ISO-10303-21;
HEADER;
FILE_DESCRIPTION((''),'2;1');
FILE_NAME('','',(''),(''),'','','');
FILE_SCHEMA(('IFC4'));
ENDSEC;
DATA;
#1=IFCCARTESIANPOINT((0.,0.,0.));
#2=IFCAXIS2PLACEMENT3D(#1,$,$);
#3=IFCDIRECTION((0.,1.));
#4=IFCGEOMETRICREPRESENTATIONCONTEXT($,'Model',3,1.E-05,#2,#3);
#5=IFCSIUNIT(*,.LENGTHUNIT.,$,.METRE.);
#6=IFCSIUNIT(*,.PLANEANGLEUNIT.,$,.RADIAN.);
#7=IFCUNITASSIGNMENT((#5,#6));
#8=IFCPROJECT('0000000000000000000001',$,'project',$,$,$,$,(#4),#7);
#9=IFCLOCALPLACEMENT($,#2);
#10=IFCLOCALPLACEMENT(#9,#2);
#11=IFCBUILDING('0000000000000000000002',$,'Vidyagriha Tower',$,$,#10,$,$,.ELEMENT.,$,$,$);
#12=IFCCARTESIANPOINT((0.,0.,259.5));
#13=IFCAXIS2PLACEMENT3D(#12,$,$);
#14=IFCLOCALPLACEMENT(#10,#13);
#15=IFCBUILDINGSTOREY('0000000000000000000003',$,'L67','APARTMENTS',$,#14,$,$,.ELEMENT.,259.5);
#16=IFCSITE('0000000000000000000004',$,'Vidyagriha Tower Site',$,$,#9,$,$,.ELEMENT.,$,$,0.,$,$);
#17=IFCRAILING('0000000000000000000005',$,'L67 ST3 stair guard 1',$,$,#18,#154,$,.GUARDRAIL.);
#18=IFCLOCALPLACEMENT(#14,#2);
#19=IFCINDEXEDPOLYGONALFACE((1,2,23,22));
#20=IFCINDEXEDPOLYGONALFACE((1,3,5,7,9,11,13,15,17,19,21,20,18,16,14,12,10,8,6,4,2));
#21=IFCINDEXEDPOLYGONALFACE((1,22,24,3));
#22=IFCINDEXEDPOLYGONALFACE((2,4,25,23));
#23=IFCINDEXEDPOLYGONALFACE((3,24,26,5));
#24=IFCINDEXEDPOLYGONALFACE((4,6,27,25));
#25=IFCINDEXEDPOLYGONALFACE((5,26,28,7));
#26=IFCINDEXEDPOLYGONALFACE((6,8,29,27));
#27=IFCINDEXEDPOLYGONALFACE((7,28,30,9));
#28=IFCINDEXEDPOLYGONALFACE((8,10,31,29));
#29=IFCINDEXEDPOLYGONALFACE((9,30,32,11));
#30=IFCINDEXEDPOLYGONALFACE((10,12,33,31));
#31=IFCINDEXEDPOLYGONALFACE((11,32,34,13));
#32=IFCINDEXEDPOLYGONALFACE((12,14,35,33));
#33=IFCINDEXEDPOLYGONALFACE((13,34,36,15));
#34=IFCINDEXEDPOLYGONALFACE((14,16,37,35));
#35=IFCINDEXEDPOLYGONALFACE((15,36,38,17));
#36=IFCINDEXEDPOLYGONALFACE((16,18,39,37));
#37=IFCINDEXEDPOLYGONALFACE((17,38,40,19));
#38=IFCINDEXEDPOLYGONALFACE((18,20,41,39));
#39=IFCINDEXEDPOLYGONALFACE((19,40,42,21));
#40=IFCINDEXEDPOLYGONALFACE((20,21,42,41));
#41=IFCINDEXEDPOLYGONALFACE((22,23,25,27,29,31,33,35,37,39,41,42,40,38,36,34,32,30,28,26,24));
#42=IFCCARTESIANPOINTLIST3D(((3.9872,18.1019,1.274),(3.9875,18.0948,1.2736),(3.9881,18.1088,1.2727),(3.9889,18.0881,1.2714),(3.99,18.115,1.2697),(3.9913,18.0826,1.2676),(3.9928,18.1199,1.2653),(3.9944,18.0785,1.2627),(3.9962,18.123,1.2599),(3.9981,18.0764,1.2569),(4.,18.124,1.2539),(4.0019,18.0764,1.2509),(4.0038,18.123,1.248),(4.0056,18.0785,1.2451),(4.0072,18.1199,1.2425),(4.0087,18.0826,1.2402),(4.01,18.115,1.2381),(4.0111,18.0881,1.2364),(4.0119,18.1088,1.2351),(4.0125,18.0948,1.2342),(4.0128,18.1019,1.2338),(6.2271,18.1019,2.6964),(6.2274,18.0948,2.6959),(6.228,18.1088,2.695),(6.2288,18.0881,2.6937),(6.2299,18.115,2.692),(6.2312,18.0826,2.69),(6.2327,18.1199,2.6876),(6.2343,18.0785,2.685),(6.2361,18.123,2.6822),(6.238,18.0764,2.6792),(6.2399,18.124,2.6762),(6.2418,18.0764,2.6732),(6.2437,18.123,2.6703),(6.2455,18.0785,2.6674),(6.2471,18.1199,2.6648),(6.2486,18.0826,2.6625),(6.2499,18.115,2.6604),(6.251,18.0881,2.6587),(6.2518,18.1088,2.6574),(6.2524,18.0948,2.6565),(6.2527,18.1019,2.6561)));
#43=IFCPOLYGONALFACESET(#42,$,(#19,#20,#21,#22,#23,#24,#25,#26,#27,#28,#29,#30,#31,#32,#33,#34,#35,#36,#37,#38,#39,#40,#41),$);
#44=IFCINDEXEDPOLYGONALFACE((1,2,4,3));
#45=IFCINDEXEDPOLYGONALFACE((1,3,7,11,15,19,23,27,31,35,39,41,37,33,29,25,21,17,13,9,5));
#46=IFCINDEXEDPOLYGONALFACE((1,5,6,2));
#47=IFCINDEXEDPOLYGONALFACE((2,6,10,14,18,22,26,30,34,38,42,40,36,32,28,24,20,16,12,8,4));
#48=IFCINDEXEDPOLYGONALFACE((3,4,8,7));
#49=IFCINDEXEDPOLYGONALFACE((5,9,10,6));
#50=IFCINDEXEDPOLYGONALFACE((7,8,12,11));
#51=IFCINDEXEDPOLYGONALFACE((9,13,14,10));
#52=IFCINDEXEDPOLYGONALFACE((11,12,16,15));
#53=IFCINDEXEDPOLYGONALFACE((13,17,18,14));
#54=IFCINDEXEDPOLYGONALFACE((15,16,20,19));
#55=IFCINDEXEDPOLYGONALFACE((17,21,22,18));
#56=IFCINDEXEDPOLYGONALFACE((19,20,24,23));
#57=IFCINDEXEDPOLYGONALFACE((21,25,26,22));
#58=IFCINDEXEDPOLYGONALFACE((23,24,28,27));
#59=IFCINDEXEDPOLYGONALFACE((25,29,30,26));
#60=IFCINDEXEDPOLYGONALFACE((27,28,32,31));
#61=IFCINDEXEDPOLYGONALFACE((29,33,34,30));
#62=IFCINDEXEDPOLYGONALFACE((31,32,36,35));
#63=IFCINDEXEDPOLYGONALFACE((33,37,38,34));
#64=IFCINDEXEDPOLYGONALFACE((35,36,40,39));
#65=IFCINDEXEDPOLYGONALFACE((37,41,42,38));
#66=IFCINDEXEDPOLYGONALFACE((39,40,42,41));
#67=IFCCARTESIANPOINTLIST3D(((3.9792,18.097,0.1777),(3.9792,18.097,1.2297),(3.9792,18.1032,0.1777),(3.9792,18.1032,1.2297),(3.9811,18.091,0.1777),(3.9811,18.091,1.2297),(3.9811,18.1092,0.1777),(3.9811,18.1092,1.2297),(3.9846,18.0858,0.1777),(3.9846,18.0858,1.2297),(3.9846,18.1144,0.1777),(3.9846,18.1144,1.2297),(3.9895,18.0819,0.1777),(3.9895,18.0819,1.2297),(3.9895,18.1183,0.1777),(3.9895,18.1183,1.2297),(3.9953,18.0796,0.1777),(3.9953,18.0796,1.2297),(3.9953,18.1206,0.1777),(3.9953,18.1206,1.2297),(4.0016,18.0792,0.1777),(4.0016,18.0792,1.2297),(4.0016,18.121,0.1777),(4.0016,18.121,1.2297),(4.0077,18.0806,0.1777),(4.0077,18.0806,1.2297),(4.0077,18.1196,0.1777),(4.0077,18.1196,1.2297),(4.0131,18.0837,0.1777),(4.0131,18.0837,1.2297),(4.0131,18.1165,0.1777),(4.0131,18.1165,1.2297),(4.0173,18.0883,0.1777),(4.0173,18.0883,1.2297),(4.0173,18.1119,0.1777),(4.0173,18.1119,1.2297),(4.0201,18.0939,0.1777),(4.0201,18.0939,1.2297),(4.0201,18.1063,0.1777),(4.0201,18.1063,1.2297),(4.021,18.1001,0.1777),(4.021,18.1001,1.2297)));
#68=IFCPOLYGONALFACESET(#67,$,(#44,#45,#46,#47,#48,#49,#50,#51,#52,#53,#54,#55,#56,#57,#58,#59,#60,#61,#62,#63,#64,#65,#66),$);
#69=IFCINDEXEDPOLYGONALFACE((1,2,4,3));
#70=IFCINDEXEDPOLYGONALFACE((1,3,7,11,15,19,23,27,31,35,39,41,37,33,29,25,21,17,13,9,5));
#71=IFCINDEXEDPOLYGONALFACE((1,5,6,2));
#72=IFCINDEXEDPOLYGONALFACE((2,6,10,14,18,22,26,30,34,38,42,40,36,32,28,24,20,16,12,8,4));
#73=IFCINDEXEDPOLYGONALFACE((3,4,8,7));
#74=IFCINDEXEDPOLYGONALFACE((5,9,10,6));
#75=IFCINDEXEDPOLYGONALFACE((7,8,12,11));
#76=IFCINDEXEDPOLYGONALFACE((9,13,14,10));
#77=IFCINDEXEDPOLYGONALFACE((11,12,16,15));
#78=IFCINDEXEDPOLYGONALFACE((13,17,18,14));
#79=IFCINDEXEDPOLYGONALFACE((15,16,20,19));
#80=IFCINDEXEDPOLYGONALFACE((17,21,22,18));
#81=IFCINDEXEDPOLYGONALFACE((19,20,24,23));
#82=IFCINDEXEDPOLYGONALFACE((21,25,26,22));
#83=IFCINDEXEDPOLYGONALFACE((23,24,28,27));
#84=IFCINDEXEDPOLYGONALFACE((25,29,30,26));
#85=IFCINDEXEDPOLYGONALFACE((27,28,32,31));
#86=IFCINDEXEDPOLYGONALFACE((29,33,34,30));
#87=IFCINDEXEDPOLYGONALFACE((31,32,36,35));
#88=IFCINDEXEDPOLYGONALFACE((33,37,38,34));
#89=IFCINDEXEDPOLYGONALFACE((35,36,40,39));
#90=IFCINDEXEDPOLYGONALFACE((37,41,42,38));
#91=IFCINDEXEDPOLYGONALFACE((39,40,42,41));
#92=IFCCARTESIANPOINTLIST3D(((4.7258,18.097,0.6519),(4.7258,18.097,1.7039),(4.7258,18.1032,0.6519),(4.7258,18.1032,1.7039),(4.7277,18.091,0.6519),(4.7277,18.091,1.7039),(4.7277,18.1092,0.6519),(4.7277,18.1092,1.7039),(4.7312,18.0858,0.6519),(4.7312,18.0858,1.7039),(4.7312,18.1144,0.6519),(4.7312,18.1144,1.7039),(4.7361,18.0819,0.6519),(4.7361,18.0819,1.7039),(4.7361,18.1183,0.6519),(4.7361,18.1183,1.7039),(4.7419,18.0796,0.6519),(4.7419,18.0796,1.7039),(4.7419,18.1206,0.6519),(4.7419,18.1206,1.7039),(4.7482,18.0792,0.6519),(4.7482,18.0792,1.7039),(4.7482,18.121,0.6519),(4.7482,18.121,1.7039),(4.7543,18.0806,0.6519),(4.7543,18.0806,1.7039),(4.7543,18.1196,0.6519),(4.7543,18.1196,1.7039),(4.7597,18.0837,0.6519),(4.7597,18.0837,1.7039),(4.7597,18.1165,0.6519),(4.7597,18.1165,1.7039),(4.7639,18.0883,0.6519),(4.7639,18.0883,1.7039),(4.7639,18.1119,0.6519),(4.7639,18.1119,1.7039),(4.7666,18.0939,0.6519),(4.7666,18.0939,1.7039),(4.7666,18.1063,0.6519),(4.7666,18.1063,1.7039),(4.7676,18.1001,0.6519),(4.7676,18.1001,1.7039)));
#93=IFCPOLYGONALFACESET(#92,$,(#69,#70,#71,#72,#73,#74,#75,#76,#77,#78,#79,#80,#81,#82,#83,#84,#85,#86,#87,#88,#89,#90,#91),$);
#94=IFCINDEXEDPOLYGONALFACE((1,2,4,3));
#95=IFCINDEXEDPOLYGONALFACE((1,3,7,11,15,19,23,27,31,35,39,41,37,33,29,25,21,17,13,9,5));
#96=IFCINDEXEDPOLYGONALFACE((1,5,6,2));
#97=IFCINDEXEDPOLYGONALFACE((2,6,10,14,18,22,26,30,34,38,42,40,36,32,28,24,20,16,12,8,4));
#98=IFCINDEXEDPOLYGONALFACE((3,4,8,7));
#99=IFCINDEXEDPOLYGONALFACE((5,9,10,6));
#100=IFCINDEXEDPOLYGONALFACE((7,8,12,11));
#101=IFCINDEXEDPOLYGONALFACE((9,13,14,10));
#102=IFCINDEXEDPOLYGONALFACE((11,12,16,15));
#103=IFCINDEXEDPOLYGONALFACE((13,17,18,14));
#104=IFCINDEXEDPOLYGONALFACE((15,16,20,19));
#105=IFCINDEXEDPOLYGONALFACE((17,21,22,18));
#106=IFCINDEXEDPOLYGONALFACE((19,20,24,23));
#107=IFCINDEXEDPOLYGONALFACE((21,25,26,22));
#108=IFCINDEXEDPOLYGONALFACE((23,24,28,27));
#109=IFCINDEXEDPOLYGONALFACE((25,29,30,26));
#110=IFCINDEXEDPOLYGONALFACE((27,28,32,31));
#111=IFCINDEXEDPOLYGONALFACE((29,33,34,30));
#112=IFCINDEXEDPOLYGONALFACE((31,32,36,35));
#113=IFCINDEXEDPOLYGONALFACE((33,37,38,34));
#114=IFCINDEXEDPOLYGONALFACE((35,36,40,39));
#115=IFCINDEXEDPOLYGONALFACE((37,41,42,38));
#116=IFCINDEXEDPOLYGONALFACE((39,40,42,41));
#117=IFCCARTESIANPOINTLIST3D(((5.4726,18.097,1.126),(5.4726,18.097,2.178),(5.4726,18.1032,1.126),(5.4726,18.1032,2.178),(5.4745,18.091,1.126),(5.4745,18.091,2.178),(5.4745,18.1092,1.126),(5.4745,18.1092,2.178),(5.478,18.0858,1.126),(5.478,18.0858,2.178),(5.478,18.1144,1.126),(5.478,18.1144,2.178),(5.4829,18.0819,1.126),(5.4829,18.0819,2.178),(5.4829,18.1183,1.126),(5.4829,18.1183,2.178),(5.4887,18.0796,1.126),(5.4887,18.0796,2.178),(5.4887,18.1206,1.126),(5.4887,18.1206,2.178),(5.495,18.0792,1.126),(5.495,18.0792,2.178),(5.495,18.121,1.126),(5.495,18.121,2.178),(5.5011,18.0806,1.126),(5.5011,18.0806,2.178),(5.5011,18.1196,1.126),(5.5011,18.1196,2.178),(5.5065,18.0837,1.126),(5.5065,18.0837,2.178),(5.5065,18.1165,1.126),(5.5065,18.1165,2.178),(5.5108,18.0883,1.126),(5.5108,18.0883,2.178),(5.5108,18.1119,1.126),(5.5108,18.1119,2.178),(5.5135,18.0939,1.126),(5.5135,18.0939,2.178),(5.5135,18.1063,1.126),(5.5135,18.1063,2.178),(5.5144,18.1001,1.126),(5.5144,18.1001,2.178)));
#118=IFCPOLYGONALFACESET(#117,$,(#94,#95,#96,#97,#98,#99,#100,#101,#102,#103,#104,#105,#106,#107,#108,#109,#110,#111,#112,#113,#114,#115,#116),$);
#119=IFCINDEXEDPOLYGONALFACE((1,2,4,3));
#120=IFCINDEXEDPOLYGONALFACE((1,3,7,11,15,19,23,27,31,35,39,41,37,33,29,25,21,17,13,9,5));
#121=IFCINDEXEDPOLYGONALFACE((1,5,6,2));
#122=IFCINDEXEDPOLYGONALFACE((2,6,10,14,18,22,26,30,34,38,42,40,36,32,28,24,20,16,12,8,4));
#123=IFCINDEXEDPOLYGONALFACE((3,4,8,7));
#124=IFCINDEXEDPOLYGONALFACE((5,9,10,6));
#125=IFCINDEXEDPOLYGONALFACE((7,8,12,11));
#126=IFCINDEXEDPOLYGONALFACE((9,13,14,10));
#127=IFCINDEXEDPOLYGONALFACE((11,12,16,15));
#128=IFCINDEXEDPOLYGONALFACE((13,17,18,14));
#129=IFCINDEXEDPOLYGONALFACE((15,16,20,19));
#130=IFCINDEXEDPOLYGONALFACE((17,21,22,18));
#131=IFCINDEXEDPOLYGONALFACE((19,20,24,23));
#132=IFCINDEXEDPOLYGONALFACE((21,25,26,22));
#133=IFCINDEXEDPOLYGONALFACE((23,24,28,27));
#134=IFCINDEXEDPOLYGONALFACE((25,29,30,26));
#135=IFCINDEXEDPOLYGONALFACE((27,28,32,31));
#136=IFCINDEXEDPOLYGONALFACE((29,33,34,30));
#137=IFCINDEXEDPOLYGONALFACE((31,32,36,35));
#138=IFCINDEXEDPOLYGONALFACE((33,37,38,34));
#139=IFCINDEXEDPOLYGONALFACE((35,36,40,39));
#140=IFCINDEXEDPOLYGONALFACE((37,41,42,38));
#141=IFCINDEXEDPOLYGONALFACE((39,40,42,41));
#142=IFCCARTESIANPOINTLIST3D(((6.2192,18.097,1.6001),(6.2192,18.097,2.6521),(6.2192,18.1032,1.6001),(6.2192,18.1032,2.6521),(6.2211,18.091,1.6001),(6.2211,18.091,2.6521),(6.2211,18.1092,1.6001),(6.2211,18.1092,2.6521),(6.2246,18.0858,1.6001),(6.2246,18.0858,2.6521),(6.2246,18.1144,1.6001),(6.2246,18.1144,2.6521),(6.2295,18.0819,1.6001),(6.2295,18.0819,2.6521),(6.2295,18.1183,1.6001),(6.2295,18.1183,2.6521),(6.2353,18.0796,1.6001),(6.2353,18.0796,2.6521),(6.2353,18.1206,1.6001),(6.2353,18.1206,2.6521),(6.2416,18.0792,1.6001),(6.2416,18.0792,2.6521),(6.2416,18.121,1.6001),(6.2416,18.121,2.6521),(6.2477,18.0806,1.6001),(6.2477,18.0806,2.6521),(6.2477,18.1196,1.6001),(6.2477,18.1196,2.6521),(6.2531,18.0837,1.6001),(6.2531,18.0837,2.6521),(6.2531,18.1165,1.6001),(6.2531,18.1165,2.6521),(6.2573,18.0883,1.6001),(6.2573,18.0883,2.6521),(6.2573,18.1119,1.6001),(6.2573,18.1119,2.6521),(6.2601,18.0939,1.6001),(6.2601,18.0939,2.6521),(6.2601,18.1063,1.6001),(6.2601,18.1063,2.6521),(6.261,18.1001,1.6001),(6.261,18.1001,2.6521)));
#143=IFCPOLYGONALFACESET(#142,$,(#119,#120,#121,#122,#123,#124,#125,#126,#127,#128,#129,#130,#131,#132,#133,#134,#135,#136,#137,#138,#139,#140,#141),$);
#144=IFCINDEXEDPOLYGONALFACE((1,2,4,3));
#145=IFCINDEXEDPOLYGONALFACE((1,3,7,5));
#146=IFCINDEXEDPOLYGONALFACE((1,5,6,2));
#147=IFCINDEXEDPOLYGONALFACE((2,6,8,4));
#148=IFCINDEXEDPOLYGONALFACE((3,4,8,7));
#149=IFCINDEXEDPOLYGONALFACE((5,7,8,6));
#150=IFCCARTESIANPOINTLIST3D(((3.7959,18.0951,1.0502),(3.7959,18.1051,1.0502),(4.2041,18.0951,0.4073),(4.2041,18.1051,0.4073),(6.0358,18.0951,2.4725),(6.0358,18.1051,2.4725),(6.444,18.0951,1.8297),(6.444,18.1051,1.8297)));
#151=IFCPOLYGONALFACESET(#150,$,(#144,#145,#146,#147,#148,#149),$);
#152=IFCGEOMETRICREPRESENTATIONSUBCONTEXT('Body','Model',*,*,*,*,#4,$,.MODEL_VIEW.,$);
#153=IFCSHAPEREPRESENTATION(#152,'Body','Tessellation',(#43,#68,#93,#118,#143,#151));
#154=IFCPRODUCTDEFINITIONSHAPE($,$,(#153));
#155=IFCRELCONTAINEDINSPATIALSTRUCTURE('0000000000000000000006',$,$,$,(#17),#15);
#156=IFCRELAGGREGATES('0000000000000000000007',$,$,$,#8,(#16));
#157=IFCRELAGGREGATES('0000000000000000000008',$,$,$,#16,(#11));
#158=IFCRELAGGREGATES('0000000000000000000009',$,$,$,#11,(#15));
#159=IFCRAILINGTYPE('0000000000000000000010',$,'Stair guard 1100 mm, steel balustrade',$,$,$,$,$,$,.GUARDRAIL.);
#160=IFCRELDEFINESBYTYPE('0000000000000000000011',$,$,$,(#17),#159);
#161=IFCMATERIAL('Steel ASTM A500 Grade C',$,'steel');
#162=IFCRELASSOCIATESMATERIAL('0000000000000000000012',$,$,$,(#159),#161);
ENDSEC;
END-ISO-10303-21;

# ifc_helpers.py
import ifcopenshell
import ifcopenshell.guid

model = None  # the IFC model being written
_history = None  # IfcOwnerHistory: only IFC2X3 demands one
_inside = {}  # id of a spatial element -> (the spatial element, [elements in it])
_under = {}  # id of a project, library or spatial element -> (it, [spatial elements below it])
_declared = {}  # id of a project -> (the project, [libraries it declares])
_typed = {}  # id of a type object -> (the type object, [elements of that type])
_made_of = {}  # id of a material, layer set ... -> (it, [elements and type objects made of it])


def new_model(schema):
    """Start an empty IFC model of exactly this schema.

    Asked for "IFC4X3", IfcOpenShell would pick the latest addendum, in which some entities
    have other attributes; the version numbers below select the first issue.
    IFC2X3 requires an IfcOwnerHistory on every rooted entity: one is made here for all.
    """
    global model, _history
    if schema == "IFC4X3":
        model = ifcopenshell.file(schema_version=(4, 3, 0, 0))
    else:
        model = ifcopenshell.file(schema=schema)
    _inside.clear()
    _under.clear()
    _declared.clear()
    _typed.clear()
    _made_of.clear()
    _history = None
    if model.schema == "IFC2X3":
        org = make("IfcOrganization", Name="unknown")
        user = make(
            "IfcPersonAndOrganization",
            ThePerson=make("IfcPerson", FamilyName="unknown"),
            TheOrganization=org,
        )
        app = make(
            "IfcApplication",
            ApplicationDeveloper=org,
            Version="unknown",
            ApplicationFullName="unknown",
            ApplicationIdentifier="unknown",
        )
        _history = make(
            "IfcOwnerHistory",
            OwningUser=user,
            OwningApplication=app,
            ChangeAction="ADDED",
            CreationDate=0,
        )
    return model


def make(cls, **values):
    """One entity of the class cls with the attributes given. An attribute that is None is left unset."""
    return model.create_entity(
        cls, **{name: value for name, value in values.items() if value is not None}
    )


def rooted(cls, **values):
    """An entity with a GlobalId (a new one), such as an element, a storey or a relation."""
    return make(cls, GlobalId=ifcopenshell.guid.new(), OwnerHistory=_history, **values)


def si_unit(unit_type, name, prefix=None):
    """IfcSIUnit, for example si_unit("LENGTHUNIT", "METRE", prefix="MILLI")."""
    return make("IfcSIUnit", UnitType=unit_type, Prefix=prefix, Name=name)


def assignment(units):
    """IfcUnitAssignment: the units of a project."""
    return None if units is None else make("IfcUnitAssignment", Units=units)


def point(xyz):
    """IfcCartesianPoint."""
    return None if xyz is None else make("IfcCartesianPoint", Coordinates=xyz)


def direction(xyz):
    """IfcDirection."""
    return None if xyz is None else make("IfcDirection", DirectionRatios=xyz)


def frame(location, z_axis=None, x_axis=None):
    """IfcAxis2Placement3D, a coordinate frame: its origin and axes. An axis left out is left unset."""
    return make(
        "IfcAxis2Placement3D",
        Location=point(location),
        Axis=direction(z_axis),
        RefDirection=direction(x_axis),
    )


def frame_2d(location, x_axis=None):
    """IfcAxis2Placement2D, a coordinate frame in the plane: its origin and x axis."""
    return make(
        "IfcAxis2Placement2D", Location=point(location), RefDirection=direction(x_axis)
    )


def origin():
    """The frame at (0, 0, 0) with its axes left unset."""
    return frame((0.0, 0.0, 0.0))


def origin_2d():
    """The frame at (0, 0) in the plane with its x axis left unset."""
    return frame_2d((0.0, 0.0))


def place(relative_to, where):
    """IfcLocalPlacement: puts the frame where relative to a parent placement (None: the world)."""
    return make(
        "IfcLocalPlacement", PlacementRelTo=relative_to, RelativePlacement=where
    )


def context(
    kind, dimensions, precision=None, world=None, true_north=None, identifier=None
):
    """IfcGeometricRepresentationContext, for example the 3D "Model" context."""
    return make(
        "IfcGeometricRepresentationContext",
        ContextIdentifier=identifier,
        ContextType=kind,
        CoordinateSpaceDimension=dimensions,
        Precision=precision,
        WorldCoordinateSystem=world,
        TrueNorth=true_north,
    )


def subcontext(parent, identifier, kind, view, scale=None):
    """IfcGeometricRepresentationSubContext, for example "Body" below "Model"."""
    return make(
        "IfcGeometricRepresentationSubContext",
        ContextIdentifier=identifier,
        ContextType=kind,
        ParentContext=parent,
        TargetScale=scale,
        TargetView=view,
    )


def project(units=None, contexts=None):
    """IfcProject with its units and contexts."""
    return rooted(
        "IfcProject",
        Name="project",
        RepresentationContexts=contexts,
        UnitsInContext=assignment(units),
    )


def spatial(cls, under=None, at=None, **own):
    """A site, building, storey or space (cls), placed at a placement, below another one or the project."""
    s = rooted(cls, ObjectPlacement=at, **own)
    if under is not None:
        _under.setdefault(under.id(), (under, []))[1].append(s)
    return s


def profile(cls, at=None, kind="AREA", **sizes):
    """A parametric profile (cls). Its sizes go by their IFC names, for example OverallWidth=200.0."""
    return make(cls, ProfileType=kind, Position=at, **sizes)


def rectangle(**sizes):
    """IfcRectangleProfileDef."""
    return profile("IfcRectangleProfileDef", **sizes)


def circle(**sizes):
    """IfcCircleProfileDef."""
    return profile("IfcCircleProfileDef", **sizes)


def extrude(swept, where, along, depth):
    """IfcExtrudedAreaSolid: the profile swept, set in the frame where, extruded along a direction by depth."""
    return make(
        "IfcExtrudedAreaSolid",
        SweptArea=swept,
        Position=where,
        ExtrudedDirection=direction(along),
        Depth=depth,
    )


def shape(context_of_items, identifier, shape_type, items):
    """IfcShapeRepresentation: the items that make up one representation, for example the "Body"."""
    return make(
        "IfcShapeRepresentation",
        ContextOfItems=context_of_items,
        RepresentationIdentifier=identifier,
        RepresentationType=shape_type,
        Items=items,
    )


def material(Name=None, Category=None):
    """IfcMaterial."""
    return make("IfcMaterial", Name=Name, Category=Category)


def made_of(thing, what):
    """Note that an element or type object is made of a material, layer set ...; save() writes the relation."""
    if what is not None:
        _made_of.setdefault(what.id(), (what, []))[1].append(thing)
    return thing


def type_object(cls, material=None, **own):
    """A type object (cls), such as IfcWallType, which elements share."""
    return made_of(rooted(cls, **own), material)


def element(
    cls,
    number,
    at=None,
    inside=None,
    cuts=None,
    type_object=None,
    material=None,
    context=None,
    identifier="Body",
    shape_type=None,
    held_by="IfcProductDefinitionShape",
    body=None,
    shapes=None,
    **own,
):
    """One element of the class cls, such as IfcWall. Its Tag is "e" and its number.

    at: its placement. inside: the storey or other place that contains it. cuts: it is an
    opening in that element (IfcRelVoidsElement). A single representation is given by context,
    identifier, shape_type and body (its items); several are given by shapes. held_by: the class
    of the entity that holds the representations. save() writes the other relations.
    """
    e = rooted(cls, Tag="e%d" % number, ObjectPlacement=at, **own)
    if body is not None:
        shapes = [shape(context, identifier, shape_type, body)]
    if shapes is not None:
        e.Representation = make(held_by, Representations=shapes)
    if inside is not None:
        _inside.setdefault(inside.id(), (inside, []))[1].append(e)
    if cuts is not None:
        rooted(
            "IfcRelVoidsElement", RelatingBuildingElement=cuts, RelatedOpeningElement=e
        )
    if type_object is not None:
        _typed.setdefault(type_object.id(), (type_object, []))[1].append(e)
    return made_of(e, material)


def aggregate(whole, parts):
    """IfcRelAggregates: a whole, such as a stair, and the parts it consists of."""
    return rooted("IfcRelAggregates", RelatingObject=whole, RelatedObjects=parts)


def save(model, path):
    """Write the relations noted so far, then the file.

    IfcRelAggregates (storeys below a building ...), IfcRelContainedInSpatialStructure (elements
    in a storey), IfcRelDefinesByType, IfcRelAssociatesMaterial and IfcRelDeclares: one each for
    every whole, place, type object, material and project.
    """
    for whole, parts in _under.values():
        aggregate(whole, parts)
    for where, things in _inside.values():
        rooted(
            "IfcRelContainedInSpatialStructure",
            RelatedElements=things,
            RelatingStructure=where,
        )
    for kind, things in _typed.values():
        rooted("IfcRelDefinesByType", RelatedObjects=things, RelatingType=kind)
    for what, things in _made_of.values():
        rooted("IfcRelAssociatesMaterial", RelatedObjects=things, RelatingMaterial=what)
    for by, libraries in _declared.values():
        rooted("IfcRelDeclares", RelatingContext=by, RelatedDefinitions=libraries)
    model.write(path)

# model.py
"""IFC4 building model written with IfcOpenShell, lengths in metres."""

from ifc_helpers import new_model, si_unit, direction, frame, origin, origin_2d, place, context, subcontext, project, spatial, rectangle, circle, extrude, material, type_object, element, save


model = new_model("IFC4")

# Units and contexts
model_context = context("Model", 3, precision=1e-05, world=origin(), true_north=direction((0.0, 1.0)))
body_context = subcontext(model_context, "Body", "Model", "MODEL_VIEW")
ifc_project = project(units=[si_unit("LENGTHUNIT", "METRE"), si_unit("PLANEANGLEUNIT", "RADIAN")], contexts=[model_context])

# Site, building, storey
site_placement = place(None, origin())
site = spatial("IfcSite", under=ifc_project, at=site_placement, Name="Vidyagriha Tower Site", CompositionType="ELEMENT", RefElevation=0.0)
building_placement = place(site_placement, origin())
building = spatial("IfcBuilding", under=site, at=building_placement, Name="Vidyagriha Tower", CompositionType="ELEMENT")
storey_placement = place(building_placement, frame((0.0, 0.0, 259.5)))
storey = spatial("IfcBuildingStorey", under=building, at=storey_placement, Name="L67", Description="APARTMENTS", CompositionType="ELEMENT", Elevation=259.5)

# Railing
ifc_material_1 = material(Name="Steel ASTM A500 Grade C", Category="steel")
railing_type_1 = type_object("IfcRailingType", Name="Stair guard 1100 mm, steel balustrade", PredefinedType="GUARDRAIL", material=ifc_material_1)
railing_1_placement = place(storey_placement, frame((4.0, 18.1001, 0.1777)))
element("IfcRailing", 1, at=railing_1_placement, inside=storey, type_object=railing_type_1, Name="L67 ST3 stair guard 1", PredefinedType="GUARDRAIL", context=body_context, shape_type="SweptSolid", body=[
    extrude(circle(Radius=0.0239, at=origin_2d()), frame((0.0, 0.0, 1.0762), z_axis=(0.844188, 0.0, 0.536048), x_axis=(0.0, 1.0, 0.0)), (0.0, 0.0, 1.0), 2.6533),
    extrude(circle(Radius=0.021, at=origin_2d()), origin(), (0.0, 0.0, 1.0), 1.052),
    extrude(circle(Radius=0.021, at=origin_2d()), frame((0.7466, 0.0, 0.4741)), (0.0, 0.0, 1.0), 1.052),
    extrude(circle(Radius=0.021, at=origin_2d()), frame((1.4934, 0.0, 0.9482)), (0.0, 0.0, 1.0), 1.052),
    extrude(circle(Radius=0.021, at=origin_2d()), frame((2.24, 0.0, 1.4224)), (0.0, 0.0, 1.0), 1.052),
    extrude(rectangle(XDim=0.01, YDim=0.7615, at=origin_2d()), frame((0.0, 0.0, 0.551), z_axis=(0.844188, 0.0, 0.536048), x_axis=(0.0, 1.0, 0.0)), (0.0, 0.0, 1.0), 2.6533),
])

save(model, "model.ifc")
